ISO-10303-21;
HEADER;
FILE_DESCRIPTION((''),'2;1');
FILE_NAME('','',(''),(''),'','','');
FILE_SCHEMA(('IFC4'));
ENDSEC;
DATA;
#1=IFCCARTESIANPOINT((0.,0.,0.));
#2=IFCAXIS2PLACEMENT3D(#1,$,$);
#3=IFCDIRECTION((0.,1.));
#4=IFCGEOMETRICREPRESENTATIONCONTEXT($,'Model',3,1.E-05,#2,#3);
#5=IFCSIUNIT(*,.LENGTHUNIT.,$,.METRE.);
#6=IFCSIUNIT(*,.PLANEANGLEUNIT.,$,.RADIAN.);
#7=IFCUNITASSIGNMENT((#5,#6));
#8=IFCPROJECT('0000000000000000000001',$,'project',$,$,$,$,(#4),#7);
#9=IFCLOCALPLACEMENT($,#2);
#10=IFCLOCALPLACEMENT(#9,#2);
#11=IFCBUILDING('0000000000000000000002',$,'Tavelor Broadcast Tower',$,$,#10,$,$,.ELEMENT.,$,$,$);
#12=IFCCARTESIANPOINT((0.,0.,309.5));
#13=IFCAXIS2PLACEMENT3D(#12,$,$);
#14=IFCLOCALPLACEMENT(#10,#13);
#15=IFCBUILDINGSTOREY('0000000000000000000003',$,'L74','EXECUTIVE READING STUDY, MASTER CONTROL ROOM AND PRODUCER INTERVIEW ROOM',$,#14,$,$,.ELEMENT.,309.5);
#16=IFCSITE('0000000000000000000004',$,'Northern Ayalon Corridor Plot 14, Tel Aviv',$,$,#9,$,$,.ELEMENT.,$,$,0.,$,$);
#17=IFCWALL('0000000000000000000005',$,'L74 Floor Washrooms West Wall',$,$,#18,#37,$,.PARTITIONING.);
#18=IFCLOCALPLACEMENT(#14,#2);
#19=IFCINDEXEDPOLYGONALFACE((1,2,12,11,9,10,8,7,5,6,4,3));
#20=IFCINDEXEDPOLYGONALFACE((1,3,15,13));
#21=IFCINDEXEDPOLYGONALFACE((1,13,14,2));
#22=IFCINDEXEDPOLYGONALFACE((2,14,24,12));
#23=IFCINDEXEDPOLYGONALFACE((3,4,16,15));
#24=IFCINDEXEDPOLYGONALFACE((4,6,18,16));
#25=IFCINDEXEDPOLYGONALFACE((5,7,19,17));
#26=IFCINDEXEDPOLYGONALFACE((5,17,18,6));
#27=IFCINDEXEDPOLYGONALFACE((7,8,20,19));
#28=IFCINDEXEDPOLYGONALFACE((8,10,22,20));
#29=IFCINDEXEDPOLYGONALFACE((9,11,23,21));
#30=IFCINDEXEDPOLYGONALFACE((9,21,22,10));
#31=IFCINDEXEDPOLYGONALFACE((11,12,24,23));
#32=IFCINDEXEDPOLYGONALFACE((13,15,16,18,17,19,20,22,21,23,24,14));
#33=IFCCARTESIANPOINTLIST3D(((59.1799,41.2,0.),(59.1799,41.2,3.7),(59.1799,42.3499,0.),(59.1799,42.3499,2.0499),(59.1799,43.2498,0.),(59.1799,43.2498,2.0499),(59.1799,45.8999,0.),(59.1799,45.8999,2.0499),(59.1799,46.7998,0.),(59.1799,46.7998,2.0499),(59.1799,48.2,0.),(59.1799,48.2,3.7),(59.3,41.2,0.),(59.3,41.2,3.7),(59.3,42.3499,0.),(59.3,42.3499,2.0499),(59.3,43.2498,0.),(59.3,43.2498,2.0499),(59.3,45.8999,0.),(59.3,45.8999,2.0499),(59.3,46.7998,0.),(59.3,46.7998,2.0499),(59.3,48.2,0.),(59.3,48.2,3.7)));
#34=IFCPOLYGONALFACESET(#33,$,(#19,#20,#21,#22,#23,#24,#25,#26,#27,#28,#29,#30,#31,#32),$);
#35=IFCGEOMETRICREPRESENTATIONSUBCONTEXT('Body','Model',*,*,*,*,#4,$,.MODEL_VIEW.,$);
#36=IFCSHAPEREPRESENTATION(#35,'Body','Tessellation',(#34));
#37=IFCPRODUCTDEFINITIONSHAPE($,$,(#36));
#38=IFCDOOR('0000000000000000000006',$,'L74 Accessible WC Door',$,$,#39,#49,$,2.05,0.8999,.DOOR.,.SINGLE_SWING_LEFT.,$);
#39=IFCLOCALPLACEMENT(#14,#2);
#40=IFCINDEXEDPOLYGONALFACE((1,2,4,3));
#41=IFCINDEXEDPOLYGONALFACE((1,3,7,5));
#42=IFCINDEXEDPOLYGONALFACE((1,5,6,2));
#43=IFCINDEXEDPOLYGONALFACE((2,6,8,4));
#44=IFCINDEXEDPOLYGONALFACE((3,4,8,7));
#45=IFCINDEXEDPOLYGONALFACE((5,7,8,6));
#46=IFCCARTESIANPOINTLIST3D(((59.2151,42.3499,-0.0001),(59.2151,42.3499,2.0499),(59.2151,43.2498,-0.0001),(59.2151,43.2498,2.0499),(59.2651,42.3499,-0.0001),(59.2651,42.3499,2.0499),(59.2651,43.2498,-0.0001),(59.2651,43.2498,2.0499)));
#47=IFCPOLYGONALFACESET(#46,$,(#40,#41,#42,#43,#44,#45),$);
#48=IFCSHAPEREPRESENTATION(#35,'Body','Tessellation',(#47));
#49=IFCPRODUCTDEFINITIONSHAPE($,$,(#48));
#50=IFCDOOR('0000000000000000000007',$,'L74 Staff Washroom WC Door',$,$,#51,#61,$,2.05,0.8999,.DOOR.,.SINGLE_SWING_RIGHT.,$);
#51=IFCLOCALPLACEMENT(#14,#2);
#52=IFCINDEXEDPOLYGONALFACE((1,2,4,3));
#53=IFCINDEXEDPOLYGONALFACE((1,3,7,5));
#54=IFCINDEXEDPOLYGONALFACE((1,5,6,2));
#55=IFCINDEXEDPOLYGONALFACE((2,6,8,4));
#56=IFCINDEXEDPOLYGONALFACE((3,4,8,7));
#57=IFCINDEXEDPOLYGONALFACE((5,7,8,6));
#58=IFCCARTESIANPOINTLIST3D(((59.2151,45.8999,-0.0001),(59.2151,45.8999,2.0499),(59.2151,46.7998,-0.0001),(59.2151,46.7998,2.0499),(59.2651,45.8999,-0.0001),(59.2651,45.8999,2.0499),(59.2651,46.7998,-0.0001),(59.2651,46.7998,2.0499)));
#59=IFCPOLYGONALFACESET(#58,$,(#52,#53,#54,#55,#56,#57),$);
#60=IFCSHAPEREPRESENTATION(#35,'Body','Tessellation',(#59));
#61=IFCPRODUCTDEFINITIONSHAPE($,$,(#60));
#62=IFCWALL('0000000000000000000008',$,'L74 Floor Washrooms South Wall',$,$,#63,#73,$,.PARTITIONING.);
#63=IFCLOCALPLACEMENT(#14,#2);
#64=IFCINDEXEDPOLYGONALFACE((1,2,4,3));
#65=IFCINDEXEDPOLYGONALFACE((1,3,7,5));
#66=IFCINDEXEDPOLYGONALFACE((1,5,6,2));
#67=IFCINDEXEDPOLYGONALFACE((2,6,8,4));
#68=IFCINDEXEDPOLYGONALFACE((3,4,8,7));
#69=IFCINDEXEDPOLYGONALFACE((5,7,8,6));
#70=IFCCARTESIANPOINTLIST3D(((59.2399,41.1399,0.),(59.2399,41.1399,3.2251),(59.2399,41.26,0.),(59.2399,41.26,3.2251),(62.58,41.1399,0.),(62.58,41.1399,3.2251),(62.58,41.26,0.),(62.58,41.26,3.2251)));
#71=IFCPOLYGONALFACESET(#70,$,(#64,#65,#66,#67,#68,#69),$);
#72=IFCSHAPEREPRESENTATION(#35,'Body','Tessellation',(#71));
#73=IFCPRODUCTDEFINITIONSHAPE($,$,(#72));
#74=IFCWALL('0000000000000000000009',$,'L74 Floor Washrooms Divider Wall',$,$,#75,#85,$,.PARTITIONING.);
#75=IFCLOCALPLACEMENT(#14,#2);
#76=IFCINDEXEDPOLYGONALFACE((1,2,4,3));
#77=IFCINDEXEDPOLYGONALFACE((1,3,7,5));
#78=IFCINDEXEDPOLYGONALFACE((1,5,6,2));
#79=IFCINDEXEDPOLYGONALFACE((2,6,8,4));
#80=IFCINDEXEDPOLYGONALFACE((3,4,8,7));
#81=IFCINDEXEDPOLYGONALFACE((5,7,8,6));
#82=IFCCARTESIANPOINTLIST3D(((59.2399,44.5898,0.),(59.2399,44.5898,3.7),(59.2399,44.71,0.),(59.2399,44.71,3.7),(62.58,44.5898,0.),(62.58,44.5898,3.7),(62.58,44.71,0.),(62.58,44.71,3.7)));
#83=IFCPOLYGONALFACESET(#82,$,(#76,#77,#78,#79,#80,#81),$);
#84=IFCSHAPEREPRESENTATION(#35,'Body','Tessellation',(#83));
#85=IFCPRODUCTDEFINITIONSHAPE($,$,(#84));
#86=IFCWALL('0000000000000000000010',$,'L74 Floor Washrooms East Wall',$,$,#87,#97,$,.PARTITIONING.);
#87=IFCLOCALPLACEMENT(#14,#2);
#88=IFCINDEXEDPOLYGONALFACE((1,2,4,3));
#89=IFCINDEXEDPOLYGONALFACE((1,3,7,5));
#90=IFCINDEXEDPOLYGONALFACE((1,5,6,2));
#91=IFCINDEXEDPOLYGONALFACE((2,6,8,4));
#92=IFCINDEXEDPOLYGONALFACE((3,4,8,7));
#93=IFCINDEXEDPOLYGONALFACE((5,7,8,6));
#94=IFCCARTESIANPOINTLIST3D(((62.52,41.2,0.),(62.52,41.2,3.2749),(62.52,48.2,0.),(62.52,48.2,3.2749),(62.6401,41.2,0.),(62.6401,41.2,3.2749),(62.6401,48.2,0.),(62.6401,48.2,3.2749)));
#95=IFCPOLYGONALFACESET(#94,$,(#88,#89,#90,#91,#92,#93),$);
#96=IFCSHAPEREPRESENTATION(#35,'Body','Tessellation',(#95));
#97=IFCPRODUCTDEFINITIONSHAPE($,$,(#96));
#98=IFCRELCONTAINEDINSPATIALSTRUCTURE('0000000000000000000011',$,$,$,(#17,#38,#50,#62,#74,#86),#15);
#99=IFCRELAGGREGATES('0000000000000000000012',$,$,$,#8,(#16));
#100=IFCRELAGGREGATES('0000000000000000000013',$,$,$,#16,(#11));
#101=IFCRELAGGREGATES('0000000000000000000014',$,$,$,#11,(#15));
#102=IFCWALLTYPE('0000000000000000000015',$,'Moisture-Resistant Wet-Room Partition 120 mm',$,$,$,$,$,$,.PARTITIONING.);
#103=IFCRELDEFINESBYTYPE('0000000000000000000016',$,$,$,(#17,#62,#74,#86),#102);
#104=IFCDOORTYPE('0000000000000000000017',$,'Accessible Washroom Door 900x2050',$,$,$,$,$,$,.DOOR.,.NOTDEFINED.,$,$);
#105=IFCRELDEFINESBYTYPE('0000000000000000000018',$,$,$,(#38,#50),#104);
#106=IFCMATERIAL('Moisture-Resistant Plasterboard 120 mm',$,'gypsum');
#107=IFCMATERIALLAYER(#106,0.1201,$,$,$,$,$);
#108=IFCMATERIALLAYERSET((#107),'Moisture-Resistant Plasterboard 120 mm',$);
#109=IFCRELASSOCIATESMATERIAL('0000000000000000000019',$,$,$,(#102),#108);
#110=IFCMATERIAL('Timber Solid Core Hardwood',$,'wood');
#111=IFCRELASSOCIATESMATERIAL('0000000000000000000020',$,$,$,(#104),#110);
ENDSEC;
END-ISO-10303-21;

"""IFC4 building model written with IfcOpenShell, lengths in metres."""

from ifc_helpers import new_model, si_unit, direction, frame, frame_2d, origin, place, context, subcontext, project, spatial, rectangle, extrude, material, layer, layer_set, type_object, element, fill, save


model = new_model("IFC4")

# Units and contexts
model_context = context("Model", 3, precision=1e-05, world=origin(), true_north=direction((0.0, 1.0)))
body_context = subcontext(model_context, "Body", "Model", "MODEL_VIEW")
ifc_project = project(units=[si_unit("LENGTHUNIT", "METRE"), si_unit("PLANEANGLEUNIT", "RADIAN")], contexts=[model_context])

# Site, building, storey
site_placement = place(None, origin())
site = spatial("IfcSite", under=ifc_project, at=site_placement, Name="Northern Ayalon Corridor Plot 14, Tel Aviv", CompositionType="ELEMENT", RefElevation=0.0)
building_placement = place(site_placement, origin())
building = spatial("IfcBuilding", under=site, at=building_placement, Name="Tavelor Broadcast Tower", CompositionType="ELEMENT")
storey_placement = place(building_placement, frame((0.0, 0.0, 309.5)))
storey = spatial("IfcBuildingStorey", under=building, at=storey_placement, Name="L74", Description="EXECUTIVE READING STUDY, MASTER CONTROL ROOM AND PRODUCER INTERVIEW ROOM", CompositionType="ELEMENT", Elevation=309.5)

# Shared definitions
ifc_material_1 = material(Name="Timber Solid Core Hardwood", Category="wood")

# Wall, openings, doors
ifc_material_2 = material(Name="Moisture-Resistant Plasterboard 120 mm", Category="gypsum")
ifc_layer_1 = layer(ifc_material_2, 0.1201)
ifc_layer_set_1 = layer_set([ifc_layer_1], Name="Moisture-Resistant Plasterboard 120 mm")
wall_type_1 = type_object("IfcWallType", Name="Moisture-Resistant Wet-Room Partition 120 mm", PredefinedType="PARTITIONING", material=ifc_layer_set_1)
wall_1_placement = place(storey_placement, frame((59.24, 41.2, 0.0), z_axis=(0.0, 0.0, 1.0), x_axis=(0.0, 1.0, 0.0)))
wall_1 = element("IfcWall", 1, at=wall_1_placement, inside=storey, type_object=wall_type_1, Name="L74 Floor Washrooms West Wall", PredefinedType="PARTITIONING", context=body_context, shape_type="SweptSolid", body=[
    extrude(rectangle(XDim=7.0, YDim=0.1201, at=frame_2d((3.5, 0.0))), origin(), (0.0, 0.0, 1.0), 3.7),
])
opening_1_placement = place(wall_1_placement, frame((1.1499, 0.0, 0.0)))
opening_1 = element("IfcOpeningElement", 2, at=opening_1_placement, cuts=wall_1, PredefinedType="OPENING", context=body_context, shape_type="SweptSolid", body=[
    extrude(rectangle(XDim=0.8999, YDim=2.05, at=frame_2d((0.45, 1.0249))), frame((0.0, 0.0701, 0.0), z_axis=(0.0, -1.0, 0.0), x_axis=(1.0, 0.0, 0.0)), (0.0, 0.0, 1.0), 0.1401),
])
opening_2_placement = place(wall_1_placement, frame((4.7, 0.0, 0.0)))
opening_2 = element("IfcOpeningElement", 3, at=opening_2_placement, cuts=wall_1, PredefinedType="OPENING", context=body_context, shape_type="SweptSolid", body=[
    extrude(rectangle(XDim=0.8999, YDim=2.05, at=frame_2d((0.45, 1.0249))), frame((0.0, 0.0701, 0.0), z_axis=(0.0, -1.0, 0.0), x_axis=(1.0, 0.0, 0.0)), (0.0, 0.0, 1.0), 0.1401),
])
door_type_1 = type_object("IfcDoorType", Name="Accessible Washroom Door 900x2050", OperationType="NOTDEFINED", PredefinedType="DOOR", material=ifc_material_1)
door_1_placement = place(opening_1_placement, origin())
door_1 = element("IfcDoor", 4, at=door_1_placement, inside=storey, type_object=door_type_1, Name="L74 Accessible WC Door", OperationType="SINGLE_SWING_LEFT", OverallHeight=2.05, OverallWidth=0.8999, PredefinedType="DOOR", context=body_context, shape_type="SweptSolid", body=[
    extrude(rectangle(XDim=0.8999, YDim=2.05, at=frame_2d((0.45, 1.0249))), frame((0.0, 0.0249, 0.0), z_axis=(0.0, -1.0, 0.0), x_axis=(1.0, 0.0, 0.0)), (0.0, 0.0, 1.0), 0.05),
])
fill(opening_1, door_1)
door_2_placement = place(opening_2_placement, origin())
door_2 = element("IfcDoor", 5, at=door_2_placement, inside=storey, type_object=door_type_1, Name="L74 Staff Washroom WC Door", OperationType="SINGLE_SWING_RIGHT", OverallHeight=2.05, OverallWidth=0.8999, PredefinedType="DOOR", context=body_context, shape_type="SweptSolid", body=[
    extrude(rectangle(XDim=0.8999, YDim=2.05, at=frame_2d((0.45, 1.0249))), frame((0.0, 0.0249, 0.0), z_axis=(0.0, -1.0, 0.0), x_axis=(1.0, 0.0, 0.0)), (0.0, 0.0, 1.0), 0.05),
])
fill(opening_2, door_2)

# Walls
wall_2_placement = place(storey_placement, frame((59.24, 41.2, 0.0), z_axis=(0.0, 0.0, 1.0), x_axis=(1.0, 0.0, 0.0)))
element("IfcWall", 6, at=wall_2_placement, inside=storey, type_object=wall_type_1, Name="L74 Floor Washrooms South Wall", PredefinedType="PARTITIONING", context=body_context, shape_type="SweptSolid", body=[
    extrude(rectangle(XDim=3.3401, YDim=0.1201, at=frame_2d((1.6699, 0.0))), origin(), (0.0, 0.0, 1.0), 3.2251),
])
wall_3_placement = place(storey_placement, frame((59.24, 44.6499, 0.0), z_axis=(0.0, 0.0, 1.0), x_axis=(1.0, 0.0, 0.0)))
element("IfcWall", 7, at=wall_3_placement, inside=storey, type_object=wall_type_1, Name="L74 Floor Washrooms Divider Wall", PredefinedType="PARTITIONING", context=body_context, shape_type="SweptSolid", body=[
    extrude(rectangle(XDim=3.3401, YDim=0.1201, at=frame_2d((1.6699, 0.0))), origin(), (0.0, 0.0, 1.0), 3.7),
])
wall_4_placement = place(storey_placement, frame((62.5801, 41.2, 0.0), z_axis=(0.0, 0.0, 1.0), x_axis=(0.0, 1.0, 0.0)))
element("IfcWall", 8, at=wall_4_placement, inside=storey, type_object=wall_type_1, Name="L74 Floor Washrooms East Wall", PredefinedType="PARTITIONING", context=body_context, shape_type="SweptSolid", body=[
    extrude(rectangle(XDim=7.0, YDim=0.1201, at=frame_2d((3.5, 0.0))), origin(), (0.0, 0.0, 1.0), 3.2749),
])

save(model, "model.ifc")
